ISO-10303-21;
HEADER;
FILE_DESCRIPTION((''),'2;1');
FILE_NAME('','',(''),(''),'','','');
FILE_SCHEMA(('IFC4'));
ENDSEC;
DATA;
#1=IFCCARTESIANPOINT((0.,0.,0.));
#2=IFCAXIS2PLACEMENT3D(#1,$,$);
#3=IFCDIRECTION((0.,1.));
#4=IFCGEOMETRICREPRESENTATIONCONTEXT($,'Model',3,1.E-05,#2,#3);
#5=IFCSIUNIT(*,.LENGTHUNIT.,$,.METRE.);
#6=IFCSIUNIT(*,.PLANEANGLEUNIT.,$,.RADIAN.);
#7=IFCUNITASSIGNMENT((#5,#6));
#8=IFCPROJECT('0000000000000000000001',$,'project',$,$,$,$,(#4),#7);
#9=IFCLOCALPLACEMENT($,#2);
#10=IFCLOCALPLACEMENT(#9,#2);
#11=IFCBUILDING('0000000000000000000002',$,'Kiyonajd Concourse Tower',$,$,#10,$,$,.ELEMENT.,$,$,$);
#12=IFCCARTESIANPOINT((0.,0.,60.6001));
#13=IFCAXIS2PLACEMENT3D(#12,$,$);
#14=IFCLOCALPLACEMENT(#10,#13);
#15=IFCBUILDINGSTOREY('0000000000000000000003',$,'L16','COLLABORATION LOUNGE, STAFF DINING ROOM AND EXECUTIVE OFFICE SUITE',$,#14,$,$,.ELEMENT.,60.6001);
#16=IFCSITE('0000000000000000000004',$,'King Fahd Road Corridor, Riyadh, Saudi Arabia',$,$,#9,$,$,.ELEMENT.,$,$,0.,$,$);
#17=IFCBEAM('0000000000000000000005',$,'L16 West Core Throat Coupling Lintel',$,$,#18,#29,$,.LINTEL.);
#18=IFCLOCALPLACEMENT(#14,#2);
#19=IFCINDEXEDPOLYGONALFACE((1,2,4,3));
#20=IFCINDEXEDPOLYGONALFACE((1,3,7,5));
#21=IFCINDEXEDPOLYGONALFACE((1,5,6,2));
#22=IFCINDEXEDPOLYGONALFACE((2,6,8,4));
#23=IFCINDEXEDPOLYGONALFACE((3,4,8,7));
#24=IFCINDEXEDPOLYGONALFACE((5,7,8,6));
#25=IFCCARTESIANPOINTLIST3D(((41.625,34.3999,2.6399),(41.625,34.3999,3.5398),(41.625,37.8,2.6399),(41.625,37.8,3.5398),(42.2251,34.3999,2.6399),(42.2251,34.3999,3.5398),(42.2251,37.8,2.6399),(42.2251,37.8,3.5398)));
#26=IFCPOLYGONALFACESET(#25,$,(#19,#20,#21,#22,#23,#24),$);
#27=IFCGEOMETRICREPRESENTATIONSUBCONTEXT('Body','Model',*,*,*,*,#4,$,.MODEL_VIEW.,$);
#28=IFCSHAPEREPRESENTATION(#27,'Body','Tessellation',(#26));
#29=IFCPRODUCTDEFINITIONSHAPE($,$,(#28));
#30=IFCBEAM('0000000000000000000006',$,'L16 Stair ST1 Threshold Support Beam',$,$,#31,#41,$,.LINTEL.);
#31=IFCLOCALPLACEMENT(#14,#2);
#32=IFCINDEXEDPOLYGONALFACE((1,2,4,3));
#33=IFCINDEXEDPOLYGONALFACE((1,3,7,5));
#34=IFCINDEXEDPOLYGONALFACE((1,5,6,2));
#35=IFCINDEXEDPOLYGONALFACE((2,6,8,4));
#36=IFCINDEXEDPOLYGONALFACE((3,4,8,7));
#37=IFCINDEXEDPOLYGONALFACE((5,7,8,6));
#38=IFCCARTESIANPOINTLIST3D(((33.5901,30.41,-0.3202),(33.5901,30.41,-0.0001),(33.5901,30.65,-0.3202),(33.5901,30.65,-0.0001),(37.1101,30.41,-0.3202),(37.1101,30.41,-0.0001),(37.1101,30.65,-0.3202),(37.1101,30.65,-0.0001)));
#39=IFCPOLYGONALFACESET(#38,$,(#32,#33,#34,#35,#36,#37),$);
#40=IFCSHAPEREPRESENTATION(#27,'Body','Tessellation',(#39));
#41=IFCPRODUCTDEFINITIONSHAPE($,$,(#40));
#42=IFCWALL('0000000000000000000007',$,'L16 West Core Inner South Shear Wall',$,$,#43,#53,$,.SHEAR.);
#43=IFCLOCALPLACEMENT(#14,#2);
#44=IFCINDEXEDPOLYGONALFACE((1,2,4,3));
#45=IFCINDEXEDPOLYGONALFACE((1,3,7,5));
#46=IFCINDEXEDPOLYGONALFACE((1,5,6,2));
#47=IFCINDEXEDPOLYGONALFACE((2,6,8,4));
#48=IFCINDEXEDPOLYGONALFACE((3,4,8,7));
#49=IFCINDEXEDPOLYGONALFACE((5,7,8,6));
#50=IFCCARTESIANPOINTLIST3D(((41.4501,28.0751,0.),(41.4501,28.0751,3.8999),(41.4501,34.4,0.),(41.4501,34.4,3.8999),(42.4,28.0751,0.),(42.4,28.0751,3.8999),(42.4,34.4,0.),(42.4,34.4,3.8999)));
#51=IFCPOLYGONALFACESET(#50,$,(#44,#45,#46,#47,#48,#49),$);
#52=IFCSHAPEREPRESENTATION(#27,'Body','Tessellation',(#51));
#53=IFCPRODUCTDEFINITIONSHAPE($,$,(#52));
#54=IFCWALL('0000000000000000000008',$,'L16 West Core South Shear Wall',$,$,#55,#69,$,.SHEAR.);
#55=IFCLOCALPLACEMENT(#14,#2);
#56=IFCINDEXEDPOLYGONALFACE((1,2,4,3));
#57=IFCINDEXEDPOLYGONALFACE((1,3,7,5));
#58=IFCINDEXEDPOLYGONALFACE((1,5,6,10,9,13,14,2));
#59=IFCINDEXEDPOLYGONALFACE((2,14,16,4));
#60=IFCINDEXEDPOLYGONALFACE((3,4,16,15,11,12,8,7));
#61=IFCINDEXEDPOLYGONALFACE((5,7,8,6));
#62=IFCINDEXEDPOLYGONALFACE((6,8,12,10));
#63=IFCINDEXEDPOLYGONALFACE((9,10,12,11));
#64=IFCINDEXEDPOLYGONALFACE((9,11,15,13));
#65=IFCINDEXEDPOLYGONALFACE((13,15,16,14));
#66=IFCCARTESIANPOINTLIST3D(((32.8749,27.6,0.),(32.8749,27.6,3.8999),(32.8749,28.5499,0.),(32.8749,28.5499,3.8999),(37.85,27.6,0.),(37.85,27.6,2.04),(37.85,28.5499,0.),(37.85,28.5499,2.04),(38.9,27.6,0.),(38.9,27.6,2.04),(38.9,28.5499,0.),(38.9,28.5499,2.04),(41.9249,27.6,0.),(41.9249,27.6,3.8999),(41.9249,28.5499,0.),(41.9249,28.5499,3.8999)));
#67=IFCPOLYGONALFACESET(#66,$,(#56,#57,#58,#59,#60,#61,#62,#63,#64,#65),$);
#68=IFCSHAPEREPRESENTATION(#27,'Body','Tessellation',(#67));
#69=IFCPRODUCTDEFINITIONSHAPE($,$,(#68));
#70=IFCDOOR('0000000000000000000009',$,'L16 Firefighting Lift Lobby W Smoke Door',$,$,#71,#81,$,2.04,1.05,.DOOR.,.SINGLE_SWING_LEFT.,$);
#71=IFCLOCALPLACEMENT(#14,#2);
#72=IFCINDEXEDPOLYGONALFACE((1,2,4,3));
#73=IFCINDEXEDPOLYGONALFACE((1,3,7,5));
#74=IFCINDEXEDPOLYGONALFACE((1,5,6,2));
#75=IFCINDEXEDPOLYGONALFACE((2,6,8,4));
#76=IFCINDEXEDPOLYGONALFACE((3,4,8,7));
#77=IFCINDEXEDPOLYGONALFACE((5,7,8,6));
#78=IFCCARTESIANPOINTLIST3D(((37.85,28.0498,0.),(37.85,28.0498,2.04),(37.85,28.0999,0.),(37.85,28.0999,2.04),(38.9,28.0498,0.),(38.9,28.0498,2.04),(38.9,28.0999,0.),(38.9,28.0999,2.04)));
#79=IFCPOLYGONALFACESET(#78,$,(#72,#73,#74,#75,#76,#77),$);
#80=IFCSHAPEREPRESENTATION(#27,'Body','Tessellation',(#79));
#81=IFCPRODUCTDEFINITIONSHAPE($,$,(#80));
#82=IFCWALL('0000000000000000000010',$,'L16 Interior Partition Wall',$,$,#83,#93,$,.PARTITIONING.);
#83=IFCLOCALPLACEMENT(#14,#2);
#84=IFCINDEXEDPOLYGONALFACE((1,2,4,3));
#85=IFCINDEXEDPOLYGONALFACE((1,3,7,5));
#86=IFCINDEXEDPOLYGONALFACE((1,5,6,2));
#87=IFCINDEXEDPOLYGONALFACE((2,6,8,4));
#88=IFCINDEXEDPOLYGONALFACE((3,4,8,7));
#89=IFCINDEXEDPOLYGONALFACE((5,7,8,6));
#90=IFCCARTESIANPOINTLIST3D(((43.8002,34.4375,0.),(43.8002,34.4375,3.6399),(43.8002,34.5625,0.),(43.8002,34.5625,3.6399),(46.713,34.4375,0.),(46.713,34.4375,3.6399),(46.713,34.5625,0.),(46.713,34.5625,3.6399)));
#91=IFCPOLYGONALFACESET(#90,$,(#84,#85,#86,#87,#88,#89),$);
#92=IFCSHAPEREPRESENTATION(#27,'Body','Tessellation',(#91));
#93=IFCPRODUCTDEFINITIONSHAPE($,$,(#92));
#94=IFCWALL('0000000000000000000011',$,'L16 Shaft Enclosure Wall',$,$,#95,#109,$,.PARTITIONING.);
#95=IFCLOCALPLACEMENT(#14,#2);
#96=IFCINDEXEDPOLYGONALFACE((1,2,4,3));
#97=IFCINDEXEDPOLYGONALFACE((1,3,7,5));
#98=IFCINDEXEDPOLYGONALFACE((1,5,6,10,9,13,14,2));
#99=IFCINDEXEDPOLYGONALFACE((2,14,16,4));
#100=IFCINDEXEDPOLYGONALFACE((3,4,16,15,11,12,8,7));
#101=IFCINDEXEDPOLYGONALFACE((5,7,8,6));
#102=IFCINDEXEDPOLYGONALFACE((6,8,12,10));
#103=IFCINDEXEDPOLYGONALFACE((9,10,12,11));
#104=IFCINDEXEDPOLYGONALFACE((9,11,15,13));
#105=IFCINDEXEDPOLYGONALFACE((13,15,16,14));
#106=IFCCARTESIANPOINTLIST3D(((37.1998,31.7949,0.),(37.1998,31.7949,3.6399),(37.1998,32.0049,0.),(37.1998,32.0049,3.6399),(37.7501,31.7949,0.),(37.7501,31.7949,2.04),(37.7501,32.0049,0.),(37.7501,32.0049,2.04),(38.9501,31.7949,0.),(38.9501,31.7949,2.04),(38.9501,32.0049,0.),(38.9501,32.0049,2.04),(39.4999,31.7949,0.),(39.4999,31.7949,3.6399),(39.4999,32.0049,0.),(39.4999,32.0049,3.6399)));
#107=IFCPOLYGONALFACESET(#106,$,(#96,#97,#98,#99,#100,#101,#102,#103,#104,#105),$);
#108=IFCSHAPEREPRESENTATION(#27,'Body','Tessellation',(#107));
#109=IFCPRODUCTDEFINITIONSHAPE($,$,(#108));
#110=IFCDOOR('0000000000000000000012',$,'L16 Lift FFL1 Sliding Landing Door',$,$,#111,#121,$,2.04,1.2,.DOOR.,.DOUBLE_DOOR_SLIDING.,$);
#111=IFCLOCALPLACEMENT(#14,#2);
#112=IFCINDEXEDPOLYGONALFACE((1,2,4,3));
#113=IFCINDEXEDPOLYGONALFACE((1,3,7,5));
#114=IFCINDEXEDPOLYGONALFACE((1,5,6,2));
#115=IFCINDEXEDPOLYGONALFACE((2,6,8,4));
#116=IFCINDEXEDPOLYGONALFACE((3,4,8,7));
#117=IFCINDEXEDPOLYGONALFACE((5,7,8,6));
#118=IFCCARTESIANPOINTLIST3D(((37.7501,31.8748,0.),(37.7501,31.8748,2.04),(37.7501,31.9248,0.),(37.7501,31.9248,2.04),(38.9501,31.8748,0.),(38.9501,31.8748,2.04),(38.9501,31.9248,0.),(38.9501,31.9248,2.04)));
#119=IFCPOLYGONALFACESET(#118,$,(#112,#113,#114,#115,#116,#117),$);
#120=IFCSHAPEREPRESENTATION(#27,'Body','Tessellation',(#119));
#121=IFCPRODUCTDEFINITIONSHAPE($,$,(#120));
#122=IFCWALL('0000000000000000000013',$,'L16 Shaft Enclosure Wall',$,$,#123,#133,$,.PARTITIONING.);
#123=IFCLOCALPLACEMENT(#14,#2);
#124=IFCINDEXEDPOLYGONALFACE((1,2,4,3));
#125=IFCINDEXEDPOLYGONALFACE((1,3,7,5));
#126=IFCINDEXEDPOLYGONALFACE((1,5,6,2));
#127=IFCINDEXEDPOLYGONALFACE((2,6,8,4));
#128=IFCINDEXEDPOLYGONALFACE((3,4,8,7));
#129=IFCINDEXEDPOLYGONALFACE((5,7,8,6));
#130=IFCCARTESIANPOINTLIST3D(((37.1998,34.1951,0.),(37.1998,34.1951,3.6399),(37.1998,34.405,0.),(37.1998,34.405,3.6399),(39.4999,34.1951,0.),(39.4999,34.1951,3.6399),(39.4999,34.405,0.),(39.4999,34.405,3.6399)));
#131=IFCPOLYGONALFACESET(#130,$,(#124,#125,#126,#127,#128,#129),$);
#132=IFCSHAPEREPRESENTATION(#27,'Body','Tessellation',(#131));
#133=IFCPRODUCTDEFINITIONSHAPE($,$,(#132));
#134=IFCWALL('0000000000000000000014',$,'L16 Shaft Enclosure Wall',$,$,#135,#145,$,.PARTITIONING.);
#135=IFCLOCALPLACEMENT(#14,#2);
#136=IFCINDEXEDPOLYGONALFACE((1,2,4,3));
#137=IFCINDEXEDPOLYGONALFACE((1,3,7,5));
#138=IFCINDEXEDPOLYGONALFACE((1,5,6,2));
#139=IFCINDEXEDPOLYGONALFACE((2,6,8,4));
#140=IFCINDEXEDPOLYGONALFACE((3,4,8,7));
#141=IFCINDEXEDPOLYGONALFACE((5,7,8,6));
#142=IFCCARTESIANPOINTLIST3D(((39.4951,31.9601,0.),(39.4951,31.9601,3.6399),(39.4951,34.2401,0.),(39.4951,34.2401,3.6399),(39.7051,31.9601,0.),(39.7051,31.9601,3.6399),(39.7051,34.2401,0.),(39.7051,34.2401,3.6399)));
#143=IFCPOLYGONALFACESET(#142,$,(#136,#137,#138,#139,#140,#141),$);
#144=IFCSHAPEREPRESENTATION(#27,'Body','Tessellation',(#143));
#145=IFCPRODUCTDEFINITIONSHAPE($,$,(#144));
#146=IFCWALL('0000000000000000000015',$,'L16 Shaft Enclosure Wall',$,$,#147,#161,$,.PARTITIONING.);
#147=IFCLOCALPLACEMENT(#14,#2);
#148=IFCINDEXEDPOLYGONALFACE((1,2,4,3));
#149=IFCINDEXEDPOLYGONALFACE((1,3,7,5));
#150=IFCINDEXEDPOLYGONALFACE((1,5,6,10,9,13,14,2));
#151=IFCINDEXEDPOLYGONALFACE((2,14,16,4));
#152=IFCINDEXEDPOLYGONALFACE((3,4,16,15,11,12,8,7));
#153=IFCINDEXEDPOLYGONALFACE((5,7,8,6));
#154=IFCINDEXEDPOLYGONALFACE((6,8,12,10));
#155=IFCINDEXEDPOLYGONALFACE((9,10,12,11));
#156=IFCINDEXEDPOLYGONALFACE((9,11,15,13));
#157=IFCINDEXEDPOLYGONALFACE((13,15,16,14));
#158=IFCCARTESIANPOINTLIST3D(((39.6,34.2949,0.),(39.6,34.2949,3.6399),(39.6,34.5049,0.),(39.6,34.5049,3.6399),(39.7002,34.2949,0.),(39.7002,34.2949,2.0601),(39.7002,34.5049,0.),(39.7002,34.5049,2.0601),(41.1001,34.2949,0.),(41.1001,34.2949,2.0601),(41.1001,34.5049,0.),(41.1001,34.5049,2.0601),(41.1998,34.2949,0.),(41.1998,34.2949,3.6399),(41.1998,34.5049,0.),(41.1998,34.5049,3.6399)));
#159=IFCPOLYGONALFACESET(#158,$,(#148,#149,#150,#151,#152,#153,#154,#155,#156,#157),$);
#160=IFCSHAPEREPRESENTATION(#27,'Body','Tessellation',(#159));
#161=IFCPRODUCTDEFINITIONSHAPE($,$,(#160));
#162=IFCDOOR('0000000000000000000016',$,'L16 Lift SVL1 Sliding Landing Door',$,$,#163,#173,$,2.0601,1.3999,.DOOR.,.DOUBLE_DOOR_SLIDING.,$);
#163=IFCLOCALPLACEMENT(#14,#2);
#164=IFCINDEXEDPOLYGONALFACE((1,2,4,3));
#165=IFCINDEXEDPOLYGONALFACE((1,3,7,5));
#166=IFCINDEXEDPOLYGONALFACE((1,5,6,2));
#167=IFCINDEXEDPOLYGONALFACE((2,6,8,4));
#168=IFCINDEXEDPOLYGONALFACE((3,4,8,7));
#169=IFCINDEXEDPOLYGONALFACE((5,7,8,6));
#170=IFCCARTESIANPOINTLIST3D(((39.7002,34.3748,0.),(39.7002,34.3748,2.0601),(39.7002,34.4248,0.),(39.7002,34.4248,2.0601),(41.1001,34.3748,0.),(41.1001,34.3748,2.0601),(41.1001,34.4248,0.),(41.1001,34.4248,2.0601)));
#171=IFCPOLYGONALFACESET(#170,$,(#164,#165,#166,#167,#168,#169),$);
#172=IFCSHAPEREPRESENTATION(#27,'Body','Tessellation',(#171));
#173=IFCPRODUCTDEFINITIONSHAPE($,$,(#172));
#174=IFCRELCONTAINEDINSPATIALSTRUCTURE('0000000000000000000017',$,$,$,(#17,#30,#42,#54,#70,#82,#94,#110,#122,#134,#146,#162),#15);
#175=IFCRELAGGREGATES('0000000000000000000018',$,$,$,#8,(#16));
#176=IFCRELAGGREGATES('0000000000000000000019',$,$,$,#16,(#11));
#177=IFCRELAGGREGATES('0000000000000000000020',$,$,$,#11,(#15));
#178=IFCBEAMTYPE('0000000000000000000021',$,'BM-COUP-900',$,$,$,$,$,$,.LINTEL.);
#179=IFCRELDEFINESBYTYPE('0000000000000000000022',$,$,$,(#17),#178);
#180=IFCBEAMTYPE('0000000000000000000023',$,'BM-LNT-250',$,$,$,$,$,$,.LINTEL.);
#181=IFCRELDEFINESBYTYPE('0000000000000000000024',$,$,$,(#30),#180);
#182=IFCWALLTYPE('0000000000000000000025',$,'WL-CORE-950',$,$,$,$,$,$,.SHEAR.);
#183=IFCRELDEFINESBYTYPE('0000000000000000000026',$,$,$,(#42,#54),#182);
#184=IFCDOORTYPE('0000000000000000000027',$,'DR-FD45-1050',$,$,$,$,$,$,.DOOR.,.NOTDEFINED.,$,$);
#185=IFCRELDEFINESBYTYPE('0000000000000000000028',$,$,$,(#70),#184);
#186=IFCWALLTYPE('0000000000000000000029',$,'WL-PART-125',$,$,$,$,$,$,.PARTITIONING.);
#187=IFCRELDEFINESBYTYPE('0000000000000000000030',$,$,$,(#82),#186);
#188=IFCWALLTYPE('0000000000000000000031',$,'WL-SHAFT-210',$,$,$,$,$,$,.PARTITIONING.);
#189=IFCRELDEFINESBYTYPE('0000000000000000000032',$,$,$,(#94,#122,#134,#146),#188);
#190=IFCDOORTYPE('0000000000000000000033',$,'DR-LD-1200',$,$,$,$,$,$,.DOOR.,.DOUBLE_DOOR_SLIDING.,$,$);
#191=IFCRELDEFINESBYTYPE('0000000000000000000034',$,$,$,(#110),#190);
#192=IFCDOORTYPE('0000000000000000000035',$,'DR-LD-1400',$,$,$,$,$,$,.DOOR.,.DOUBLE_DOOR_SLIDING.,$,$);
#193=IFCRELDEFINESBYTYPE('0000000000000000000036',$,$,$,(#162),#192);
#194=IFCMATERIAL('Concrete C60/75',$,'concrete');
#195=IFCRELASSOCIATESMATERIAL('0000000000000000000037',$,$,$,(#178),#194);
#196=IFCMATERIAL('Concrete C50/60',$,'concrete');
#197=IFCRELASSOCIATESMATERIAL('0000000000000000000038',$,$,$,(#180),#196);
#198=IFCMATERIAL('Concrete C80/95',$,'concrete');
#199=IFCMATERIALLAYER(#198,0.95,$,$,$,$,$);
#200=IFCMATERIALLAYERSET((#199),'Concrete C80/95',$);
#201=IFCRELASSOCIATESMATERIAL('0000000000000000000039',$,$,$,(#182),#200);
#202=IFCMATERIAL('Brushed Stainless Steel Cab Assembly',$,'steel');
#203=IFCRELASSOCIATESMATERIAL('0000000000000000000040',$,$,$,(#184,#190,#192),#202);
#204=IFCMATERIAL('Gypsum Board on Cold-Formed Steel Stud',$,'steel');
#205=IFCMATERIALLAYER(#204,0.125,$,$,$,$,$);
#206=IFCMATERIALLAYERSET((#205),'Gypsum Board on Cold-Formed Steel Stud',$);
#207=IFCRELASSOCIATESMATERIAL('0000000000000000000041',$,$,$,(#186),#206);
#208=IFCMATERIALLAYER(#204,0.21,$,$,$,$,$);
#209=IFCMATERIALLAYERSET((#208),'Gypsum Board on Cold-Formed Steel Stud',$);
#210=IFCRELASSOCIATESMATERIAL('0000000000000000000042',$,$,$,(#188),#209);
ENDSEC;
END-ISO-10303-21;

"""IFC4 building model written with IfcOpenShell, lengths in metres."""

from ifc_helpers import new_model, si_unit, direction, frame, frame_2d, origin, origin_2d, place, context, subcontext, project, spatial, rectangle, extrude, material, layer, layer_set, material_profile, profile_set, type_object, element, fill, save


model = new_model("IFC4")

# Units and contexts
model_context = context("Model", 3, precision=1e-05, world=origin(), true_north=direction((0.0, 1.0)))
body_context = subcontext(model_context, "Body", "Model", "MODEL_VIEW")
ifc_project = project(units=[si_unit("LENGTHUNIT", "METRE"), si_unit("PLANEANGLEUNIT", "RADIAN")], contexts=[model_context])

# Site, building, storey
site_placement = place(None, origin())
site = spatial("IfcSite", under=ifc_project, at=site_placement, Name="King Fahd Road Corridor, Riyadh, Saudi Arabia", CompositionType="ELEMENT", RefElevation=0.0)
building_placement = place(site_placement, origin())
building = spatial("IfcBuilding", under=site, at=building_placement, Name="Kiyonajd Concourse Tower", CompositionType="ELEMENT")
storey_placement = place(building_placement, frame((0.0, 0.0, 60.6001)))
storey = spatial("IfcBuildingStorey", under=building, at=storey_placement, Name="L16", Description="COLLABORATION LOUNGE, STAFF DINING ROOM AND EXECUTIVE OFFICE SUITE", CompositionType="ELEMENT", Elevation=60.6001)

# Beams
ifc_material_1 = material(Name="Concrete C60/75", Category="concrete")
ifc_material_profile_1 = material_profile(ifc_material_1, rectangle(XDim=0.6001, YDim=0.8999, at=origin_2d()), Name="RCBM-600x900")
ifc_profile_set_1 = profile_set([ifc_material_profile_1], Name="Concrete C60/75")
beam_type_1 = type_object("IfcBeamType", Name="BM-COUP-900", PredefinedType="LINTEL", material=ifc_profile_set_1)
beam_1_placement = place(storey_placement, frame((41.925, 34.3999, 3.0898), z_axis=(0.0, 1.0, 0.0), x_axis=(-1.0, 0.0, 0.0)))
element("IfcBeam", 1, at=beam_1_placement, inside=storey, type_object=beam_type_1, Name="L16 West Core Throat Coupling Lintel", PredefinedType="LINTEL", context=body_context, shape_type="SweptSolid", body=[
    extrude(rectangle(XDim=0.6001, YDim=0.8999, at=origin_2d()), origin(), (0.0, 0.0, 1.0), 3.4001),
])
ifc_material_2 = material(Name="Concrete C50/60", Category="concrete")
ifc_material_profile_2 = material_profile(ifc_material_2, rectangle(XDim=0.24, YDim=0.3201, at=origin_2d()), Name="RCBM-240x320")
ifc_profile_set_2 = profile_set([ifc_material_profile_2], Name="Concrete C50/60")
beam_type_2 = type_object("IfcBeamType", Name="BM-LNT-250", PredefinedType="LINTEL", material=ifc_profile_set_2)
beam_2_placement = place(storey_placement, frame((33.5901, 30.53, -0.1602), z_axis=(1.0, 0.0, 0.0), x_axis=(0.0, 1.0, 0.0)))
element("IfcBeam", 2, at=beam_2_placement, inside=storey, type_object=beam_type_2, Name="L16 Stair ST1 Threshold Support Beam", PredefinedType="LINTEL", context=body_context, shape_type="SweptSolid", body=[
    extrude(rectangle(XDim=0.24, YDim=0.3201, at=origin_2d()), origin(), (0.0, 0.0, 1.0), 3.52),
])

# Wall
ifc_material_3 = material(Name="Concrete C80/95", Category="concrete")
ifc_layer_1 = layer(ifc_material_3, 0.95)
ifc_layer_set_1 = layer_set([ifc_layer_1], Name="Concrete C80/95")
wall_type_1 = type_object("IfcWallType", Name="WL-CORE-950", PredefinedType="SHEAR", material=ifc_layer_set_1)
wall_1_placement = place(storey_placement, frame((41.925, 28.075, 0.0), z_axis=(0.0, 0.0, 1.0), x_axis=(0.0, 1.0, 0.0)))
element("IfcWall", 3, at=wall_1_placement, inside=storey, type_object=wall_type_1, Name="L16 West Core Inner South Shear Wall", PredefinedType="SHEAR", context=body_context, shape_type="SweptSolid", body=[
    extrude(rectangle(XDim=6.325, YDim=0.95, at=frame_2d((3.1626, 0.0))), origin(), (0.0, 0.0, 1.0), 3.8999),
])

# Wall, opening, door
wall_2_placement = place(storey_placement, frame((32.875, 28.075, 0.0), z_axis=(0.0, 0.0, 1.0), x_axis=(1.0, 0.0, 0.0)))
wall_2 = element("IfcWall", 4, at=wall_2_placement, inside=storey, type_object=wall_type_1, Name="L16 West Core South Shear Wall", PredefinedType="SHEAR", context=body_context, shape_type="SweptSolid", body=[
    extrude(rectangle(XDim=9.05, YDim=0.95, at=frame_2d((4.5249, 0.0))), origin(), (0.0, 0.0, 1.0), 3.8999),
])
opening_1_placement = place(wall_2_placement, frame((4.9751, 0.0, 0.0)))
opening_1 = element("IfcOpeningElement", 5, at=opening_1_placement, cuts=wall_2, PredefinedType="OPENING", context=body_context, shape_type="SweptSolid", body=[
    extrude(rectangle(XDim=1.05, YDim=2.04, at=frame_2d((0.5249, 1.02))), frame((0.0, 0.4849, 0.0), z_axis=(0.0, -1.0, 0.0), x_axis=(1.0, 0.0, 0.0)), (0.0, 0.0, 1.0), 0.97),
])
ifc_material_4 = material(Name="Brushed Stainless Steel Cab Assembly", Category="steel")
door_type_1 = type_object("IfcDoorType", Name="DR-FD45-1050", OperationType="NOTDEFINED", PredefinedType="DOOR", material=ifc_material_4)
door_1_placement = place(opening_1_placement, origin())
door_1 = element("IfcDoor", 6, at=door_1_placement, inside=storey, type_object=door_type_1, Name="L16 Firefighting Lift Lobby W Smoke Door", OperationType="SINGLE_SWING_LEFT", OverallHeight=2.04, OverallWidth=1.05, PredefinedType="DOOR", context=body_context, shape_type="SweptSolid", body=[
    extrude(rectangle(XDim=1.05, YDim=2.04, at=frame_2d((0.5249, 1.02))), frame((0.0, 0.0249, 0.0), z_axis=(0.0, -1.0, 0.0), x_axis=(1.0, 0.0, 0.0)), (0.0, 0.0, 1.0), 0.05),
])
fill(opening_1, door_1)

# Wall
ifc_material_5 = material(Name="Gypsum Board on Cold-Formed Steel Stud", Category="steel")
ifc_layer_2 = layer(ifc_material_5, 0.125)
ifc_layer_set_2 = layer_set([ifc_layer_2], Name="Gypsum Board on Cold-Formed Steel Stud")
wall_type_2 = type_object("IfcWallType", Name="WL-PART-125", PredefinedType="PARTITIONING", material=ifc_layer_set_2)
wall_3_placement = place(storey_placement, frame((43.8, 34.5, 0.0), z_axis=(0.0, 0.0, 1.0), x_axis=(1.0, 0.0, 0.0)))
element("IfcWall", 7, at=wall_3_placement, inside=storey, type_object=wall_type_2, Name="L16 Interior Partition Wall", PredefinedType="PARTITIONING", context=body_context, shape_type="SweptSolid", body=[
    extrude(rectangle(XDim=2.9128, YDim=0.125, at=frame_2d((1.4565, 0.0))), origin(), (0.0, 0.0, 1.0), 3.6399),
])

# Wall, opening, door
ifc_layer_3 = layer(ifc_material_5, 0.21)
ifc_layer_set_3 = layer_set([ifc_layer_3], Name="Gypsum Board on Cold-Formed Steel Stud")
wall_type_3 = type_object("IfcWallType", Name="WL-SHAFT-210", PredefinedType="PARTITIONING", material=ifc_layer_set_3)
wall_4_placement = place(storey_placement, frame((37.2, 31.8999, 0.0), z_axis=(0.0, 0.0, 1.0), x_axis=(1.0, 0.0, 0.0)))
wall_4 = element("IfcWall", 8, at=wall_4_placement, inside=storey, type_object=wall_type_3, Name="L16 Shaft Enclosure Wall", PredefinedType="PARTITIONING", context=body_context, shape_type="SweptSolid", body=[
    extrude(rectangle(XDim=2.3, YDim=0.21, at=frame_2d((1.1499, 0.0))), origin(), (0.0, 0.0, 1.0), 3.6399),
])
opening_2_placement = place(wall_4_placement, frame((0.55, 0.0, 0.0)))
opening_2 = element("IfcOpeningElement", 9, at=opening_2_placement, cuts=wall_4, PredefinedType="OPENING", context=body_context, shape_type="SweptSolid", body=[
    extrude(rectangle(XDim=1.2, YDim=2.04, at=frame_2d((0.6001, 1.02))), frame((0.0, 0.115, 0.0), z_axis=(0.0, -1.0, 0.0), x_axis=(1.0, 0.0, 0.0)), (0.0, 0.0, 1.0), 0.23),
])
door_type_2 = type_object("IfcDoorType", Name="DR-LD-1200", OperationType="DOUBLE_DOOR_SLIDING", PredefinedType="DOOR", material=ifc_material_4)
door_2_placement = place(opening_2_placement, origin())
door_2 = element("IfcDoor", 10, at=door_2_placement, inside=storey, type_object=door_type_2, Name="L16 Lift FFL1 Sliding Landing Door", OperationType="DOUBLE_DOOR_SLIDING", OverallHeight=2.04, OverallWidth=1.2, PredefinedType="DOOR", context=body_context, shape_type="SweptSolid", body=[
    extrude(rectangle(XDim=1.2, YDim=2.04, at=frame_2d((0.6001, 1.02))), frame((0.0, 0.0249, 0.0), z_axis=(0.0, -1.0, 0.0), x_axis=(1.0, 0.0, 0.0)), (0.0, 0.0, 1.0), 0.05),
])
fill(opening_2, door_2)

# Walls
wall_5_placement = place(storey_placement, frame((37.2, 34.3, 0.0), z_axis=(0.0, 0.0, 1.0), x_axis=(1.0, 0.0, 0.0)))
element("IfcWall", 11, at=wall_5_placement, inside=storey, type_object=wall_type_3, Name="L16 Shaft Enclosure Wall", PredefinedType="PARTITIONING", context=body_context, shape_type="SweptSolid", body=[
    extrude(rectangle(XDim=2.3, YDim=0.21, at=frame_2d((1.1499, 0.0))), origin(), (0.0, 0.0, 1.0), 3.6399),
])
wall_6_placement = place(storey_placement, frame((39.6001, 31.96, 0.0), z_axis=(0.0, 0.0, 1.0), x_axis=(0.0, 1.0, 0.0)))
element("IfcWall", 12, at=wall_6_placement, inside=storey, type_object=wall_type_3, Name="L16 Shaft Enclosure Wall", PredefinedType="PARTITIONING", context=body_context, shape_type="SweptSolid", body=[
    extrude(rectangle(XDim=2.28, YDim=0.21, at=frame_2d((1.1401, 0.0))), origin(), (0.0, 0.0, 1.0), 3.6399),
])

# Wall, opening, door
wall_7_placement = place(storey_placement, frame((39.6001, 34.3999, 0.0), z_axis=(0.0, 0.0, 1.0), x_axis=(1.0, 0.0, 0.0)))
wall_7 = element("IfcWall", 13, at=wall_7_placement, inside=storey, type_object=wall_type_3, Name="L16 Shaft Enclosure Wall", PredefinedType="PARTITIONING", context=body_context, shape_type="SweptSolid", body=[
    extrude(rectangle(XDim=1.5999, YDim=0.21, at=frame_2d((0.7998, 0.0))), origin(), (0.0, 0.0, 1.0), 3.6399),
])
opening_3_placement = place(wall_7_placement, frame((0.1001, 0.0, 0.0)))
opening_3 = element("IfcOpeningElement", 14, at=opening_3_placement, cuts=wall_7, PredefinedType="OPENING", context=body_context, shape_type="SweptSolid", body=[
    extrude(rectangle(XDim=1.3999, YDim=2.0601, at=frame_2d((0.7, 1.03))), frame((0.0, 0.115, 0.0), z_axis=(0.0, -1.0, 0.0), x_axis=(1.0, 0.0, 0.0)), (0.0, 0.0, 1.0), 0.23),
])
door_type_3 = type_object("IfcDoorType", Name="DR-LD-1400", OperationType="DOUBLE_DOOR_SLIDING", PredefinedType="DOOR", material=ifc_material_4)
door_3_placement = place(opening_3_placement, origin())
door_3 = element("IfcDoor", 15, at=door_3_placement, inside=storey, type_object=door_type_3, Name="L16 Lift SVL1 Sliding Landing Door", OperationType="DOUBLE_DOOR_SLIDING", OverallHeight=2.0601, OverallWidth=1.3999, PredefinedType="DOOR", context=body_context, shape_type="SweptSolid", body=[
    extrude(rectangle(XDim=1.3999, YDim=2.0601, at=frame_2d((0.7, 1.03))), frame((0.0, 0.0249, 0.0), z_axis=(0.0, -1.0, 0.0), x_axis=(1.0, 0.0, 0.0)), (0.0, 0.0, 1.0), 0.05),
])
fill(opening_3, door_3)

save(model, "model.ifc")
